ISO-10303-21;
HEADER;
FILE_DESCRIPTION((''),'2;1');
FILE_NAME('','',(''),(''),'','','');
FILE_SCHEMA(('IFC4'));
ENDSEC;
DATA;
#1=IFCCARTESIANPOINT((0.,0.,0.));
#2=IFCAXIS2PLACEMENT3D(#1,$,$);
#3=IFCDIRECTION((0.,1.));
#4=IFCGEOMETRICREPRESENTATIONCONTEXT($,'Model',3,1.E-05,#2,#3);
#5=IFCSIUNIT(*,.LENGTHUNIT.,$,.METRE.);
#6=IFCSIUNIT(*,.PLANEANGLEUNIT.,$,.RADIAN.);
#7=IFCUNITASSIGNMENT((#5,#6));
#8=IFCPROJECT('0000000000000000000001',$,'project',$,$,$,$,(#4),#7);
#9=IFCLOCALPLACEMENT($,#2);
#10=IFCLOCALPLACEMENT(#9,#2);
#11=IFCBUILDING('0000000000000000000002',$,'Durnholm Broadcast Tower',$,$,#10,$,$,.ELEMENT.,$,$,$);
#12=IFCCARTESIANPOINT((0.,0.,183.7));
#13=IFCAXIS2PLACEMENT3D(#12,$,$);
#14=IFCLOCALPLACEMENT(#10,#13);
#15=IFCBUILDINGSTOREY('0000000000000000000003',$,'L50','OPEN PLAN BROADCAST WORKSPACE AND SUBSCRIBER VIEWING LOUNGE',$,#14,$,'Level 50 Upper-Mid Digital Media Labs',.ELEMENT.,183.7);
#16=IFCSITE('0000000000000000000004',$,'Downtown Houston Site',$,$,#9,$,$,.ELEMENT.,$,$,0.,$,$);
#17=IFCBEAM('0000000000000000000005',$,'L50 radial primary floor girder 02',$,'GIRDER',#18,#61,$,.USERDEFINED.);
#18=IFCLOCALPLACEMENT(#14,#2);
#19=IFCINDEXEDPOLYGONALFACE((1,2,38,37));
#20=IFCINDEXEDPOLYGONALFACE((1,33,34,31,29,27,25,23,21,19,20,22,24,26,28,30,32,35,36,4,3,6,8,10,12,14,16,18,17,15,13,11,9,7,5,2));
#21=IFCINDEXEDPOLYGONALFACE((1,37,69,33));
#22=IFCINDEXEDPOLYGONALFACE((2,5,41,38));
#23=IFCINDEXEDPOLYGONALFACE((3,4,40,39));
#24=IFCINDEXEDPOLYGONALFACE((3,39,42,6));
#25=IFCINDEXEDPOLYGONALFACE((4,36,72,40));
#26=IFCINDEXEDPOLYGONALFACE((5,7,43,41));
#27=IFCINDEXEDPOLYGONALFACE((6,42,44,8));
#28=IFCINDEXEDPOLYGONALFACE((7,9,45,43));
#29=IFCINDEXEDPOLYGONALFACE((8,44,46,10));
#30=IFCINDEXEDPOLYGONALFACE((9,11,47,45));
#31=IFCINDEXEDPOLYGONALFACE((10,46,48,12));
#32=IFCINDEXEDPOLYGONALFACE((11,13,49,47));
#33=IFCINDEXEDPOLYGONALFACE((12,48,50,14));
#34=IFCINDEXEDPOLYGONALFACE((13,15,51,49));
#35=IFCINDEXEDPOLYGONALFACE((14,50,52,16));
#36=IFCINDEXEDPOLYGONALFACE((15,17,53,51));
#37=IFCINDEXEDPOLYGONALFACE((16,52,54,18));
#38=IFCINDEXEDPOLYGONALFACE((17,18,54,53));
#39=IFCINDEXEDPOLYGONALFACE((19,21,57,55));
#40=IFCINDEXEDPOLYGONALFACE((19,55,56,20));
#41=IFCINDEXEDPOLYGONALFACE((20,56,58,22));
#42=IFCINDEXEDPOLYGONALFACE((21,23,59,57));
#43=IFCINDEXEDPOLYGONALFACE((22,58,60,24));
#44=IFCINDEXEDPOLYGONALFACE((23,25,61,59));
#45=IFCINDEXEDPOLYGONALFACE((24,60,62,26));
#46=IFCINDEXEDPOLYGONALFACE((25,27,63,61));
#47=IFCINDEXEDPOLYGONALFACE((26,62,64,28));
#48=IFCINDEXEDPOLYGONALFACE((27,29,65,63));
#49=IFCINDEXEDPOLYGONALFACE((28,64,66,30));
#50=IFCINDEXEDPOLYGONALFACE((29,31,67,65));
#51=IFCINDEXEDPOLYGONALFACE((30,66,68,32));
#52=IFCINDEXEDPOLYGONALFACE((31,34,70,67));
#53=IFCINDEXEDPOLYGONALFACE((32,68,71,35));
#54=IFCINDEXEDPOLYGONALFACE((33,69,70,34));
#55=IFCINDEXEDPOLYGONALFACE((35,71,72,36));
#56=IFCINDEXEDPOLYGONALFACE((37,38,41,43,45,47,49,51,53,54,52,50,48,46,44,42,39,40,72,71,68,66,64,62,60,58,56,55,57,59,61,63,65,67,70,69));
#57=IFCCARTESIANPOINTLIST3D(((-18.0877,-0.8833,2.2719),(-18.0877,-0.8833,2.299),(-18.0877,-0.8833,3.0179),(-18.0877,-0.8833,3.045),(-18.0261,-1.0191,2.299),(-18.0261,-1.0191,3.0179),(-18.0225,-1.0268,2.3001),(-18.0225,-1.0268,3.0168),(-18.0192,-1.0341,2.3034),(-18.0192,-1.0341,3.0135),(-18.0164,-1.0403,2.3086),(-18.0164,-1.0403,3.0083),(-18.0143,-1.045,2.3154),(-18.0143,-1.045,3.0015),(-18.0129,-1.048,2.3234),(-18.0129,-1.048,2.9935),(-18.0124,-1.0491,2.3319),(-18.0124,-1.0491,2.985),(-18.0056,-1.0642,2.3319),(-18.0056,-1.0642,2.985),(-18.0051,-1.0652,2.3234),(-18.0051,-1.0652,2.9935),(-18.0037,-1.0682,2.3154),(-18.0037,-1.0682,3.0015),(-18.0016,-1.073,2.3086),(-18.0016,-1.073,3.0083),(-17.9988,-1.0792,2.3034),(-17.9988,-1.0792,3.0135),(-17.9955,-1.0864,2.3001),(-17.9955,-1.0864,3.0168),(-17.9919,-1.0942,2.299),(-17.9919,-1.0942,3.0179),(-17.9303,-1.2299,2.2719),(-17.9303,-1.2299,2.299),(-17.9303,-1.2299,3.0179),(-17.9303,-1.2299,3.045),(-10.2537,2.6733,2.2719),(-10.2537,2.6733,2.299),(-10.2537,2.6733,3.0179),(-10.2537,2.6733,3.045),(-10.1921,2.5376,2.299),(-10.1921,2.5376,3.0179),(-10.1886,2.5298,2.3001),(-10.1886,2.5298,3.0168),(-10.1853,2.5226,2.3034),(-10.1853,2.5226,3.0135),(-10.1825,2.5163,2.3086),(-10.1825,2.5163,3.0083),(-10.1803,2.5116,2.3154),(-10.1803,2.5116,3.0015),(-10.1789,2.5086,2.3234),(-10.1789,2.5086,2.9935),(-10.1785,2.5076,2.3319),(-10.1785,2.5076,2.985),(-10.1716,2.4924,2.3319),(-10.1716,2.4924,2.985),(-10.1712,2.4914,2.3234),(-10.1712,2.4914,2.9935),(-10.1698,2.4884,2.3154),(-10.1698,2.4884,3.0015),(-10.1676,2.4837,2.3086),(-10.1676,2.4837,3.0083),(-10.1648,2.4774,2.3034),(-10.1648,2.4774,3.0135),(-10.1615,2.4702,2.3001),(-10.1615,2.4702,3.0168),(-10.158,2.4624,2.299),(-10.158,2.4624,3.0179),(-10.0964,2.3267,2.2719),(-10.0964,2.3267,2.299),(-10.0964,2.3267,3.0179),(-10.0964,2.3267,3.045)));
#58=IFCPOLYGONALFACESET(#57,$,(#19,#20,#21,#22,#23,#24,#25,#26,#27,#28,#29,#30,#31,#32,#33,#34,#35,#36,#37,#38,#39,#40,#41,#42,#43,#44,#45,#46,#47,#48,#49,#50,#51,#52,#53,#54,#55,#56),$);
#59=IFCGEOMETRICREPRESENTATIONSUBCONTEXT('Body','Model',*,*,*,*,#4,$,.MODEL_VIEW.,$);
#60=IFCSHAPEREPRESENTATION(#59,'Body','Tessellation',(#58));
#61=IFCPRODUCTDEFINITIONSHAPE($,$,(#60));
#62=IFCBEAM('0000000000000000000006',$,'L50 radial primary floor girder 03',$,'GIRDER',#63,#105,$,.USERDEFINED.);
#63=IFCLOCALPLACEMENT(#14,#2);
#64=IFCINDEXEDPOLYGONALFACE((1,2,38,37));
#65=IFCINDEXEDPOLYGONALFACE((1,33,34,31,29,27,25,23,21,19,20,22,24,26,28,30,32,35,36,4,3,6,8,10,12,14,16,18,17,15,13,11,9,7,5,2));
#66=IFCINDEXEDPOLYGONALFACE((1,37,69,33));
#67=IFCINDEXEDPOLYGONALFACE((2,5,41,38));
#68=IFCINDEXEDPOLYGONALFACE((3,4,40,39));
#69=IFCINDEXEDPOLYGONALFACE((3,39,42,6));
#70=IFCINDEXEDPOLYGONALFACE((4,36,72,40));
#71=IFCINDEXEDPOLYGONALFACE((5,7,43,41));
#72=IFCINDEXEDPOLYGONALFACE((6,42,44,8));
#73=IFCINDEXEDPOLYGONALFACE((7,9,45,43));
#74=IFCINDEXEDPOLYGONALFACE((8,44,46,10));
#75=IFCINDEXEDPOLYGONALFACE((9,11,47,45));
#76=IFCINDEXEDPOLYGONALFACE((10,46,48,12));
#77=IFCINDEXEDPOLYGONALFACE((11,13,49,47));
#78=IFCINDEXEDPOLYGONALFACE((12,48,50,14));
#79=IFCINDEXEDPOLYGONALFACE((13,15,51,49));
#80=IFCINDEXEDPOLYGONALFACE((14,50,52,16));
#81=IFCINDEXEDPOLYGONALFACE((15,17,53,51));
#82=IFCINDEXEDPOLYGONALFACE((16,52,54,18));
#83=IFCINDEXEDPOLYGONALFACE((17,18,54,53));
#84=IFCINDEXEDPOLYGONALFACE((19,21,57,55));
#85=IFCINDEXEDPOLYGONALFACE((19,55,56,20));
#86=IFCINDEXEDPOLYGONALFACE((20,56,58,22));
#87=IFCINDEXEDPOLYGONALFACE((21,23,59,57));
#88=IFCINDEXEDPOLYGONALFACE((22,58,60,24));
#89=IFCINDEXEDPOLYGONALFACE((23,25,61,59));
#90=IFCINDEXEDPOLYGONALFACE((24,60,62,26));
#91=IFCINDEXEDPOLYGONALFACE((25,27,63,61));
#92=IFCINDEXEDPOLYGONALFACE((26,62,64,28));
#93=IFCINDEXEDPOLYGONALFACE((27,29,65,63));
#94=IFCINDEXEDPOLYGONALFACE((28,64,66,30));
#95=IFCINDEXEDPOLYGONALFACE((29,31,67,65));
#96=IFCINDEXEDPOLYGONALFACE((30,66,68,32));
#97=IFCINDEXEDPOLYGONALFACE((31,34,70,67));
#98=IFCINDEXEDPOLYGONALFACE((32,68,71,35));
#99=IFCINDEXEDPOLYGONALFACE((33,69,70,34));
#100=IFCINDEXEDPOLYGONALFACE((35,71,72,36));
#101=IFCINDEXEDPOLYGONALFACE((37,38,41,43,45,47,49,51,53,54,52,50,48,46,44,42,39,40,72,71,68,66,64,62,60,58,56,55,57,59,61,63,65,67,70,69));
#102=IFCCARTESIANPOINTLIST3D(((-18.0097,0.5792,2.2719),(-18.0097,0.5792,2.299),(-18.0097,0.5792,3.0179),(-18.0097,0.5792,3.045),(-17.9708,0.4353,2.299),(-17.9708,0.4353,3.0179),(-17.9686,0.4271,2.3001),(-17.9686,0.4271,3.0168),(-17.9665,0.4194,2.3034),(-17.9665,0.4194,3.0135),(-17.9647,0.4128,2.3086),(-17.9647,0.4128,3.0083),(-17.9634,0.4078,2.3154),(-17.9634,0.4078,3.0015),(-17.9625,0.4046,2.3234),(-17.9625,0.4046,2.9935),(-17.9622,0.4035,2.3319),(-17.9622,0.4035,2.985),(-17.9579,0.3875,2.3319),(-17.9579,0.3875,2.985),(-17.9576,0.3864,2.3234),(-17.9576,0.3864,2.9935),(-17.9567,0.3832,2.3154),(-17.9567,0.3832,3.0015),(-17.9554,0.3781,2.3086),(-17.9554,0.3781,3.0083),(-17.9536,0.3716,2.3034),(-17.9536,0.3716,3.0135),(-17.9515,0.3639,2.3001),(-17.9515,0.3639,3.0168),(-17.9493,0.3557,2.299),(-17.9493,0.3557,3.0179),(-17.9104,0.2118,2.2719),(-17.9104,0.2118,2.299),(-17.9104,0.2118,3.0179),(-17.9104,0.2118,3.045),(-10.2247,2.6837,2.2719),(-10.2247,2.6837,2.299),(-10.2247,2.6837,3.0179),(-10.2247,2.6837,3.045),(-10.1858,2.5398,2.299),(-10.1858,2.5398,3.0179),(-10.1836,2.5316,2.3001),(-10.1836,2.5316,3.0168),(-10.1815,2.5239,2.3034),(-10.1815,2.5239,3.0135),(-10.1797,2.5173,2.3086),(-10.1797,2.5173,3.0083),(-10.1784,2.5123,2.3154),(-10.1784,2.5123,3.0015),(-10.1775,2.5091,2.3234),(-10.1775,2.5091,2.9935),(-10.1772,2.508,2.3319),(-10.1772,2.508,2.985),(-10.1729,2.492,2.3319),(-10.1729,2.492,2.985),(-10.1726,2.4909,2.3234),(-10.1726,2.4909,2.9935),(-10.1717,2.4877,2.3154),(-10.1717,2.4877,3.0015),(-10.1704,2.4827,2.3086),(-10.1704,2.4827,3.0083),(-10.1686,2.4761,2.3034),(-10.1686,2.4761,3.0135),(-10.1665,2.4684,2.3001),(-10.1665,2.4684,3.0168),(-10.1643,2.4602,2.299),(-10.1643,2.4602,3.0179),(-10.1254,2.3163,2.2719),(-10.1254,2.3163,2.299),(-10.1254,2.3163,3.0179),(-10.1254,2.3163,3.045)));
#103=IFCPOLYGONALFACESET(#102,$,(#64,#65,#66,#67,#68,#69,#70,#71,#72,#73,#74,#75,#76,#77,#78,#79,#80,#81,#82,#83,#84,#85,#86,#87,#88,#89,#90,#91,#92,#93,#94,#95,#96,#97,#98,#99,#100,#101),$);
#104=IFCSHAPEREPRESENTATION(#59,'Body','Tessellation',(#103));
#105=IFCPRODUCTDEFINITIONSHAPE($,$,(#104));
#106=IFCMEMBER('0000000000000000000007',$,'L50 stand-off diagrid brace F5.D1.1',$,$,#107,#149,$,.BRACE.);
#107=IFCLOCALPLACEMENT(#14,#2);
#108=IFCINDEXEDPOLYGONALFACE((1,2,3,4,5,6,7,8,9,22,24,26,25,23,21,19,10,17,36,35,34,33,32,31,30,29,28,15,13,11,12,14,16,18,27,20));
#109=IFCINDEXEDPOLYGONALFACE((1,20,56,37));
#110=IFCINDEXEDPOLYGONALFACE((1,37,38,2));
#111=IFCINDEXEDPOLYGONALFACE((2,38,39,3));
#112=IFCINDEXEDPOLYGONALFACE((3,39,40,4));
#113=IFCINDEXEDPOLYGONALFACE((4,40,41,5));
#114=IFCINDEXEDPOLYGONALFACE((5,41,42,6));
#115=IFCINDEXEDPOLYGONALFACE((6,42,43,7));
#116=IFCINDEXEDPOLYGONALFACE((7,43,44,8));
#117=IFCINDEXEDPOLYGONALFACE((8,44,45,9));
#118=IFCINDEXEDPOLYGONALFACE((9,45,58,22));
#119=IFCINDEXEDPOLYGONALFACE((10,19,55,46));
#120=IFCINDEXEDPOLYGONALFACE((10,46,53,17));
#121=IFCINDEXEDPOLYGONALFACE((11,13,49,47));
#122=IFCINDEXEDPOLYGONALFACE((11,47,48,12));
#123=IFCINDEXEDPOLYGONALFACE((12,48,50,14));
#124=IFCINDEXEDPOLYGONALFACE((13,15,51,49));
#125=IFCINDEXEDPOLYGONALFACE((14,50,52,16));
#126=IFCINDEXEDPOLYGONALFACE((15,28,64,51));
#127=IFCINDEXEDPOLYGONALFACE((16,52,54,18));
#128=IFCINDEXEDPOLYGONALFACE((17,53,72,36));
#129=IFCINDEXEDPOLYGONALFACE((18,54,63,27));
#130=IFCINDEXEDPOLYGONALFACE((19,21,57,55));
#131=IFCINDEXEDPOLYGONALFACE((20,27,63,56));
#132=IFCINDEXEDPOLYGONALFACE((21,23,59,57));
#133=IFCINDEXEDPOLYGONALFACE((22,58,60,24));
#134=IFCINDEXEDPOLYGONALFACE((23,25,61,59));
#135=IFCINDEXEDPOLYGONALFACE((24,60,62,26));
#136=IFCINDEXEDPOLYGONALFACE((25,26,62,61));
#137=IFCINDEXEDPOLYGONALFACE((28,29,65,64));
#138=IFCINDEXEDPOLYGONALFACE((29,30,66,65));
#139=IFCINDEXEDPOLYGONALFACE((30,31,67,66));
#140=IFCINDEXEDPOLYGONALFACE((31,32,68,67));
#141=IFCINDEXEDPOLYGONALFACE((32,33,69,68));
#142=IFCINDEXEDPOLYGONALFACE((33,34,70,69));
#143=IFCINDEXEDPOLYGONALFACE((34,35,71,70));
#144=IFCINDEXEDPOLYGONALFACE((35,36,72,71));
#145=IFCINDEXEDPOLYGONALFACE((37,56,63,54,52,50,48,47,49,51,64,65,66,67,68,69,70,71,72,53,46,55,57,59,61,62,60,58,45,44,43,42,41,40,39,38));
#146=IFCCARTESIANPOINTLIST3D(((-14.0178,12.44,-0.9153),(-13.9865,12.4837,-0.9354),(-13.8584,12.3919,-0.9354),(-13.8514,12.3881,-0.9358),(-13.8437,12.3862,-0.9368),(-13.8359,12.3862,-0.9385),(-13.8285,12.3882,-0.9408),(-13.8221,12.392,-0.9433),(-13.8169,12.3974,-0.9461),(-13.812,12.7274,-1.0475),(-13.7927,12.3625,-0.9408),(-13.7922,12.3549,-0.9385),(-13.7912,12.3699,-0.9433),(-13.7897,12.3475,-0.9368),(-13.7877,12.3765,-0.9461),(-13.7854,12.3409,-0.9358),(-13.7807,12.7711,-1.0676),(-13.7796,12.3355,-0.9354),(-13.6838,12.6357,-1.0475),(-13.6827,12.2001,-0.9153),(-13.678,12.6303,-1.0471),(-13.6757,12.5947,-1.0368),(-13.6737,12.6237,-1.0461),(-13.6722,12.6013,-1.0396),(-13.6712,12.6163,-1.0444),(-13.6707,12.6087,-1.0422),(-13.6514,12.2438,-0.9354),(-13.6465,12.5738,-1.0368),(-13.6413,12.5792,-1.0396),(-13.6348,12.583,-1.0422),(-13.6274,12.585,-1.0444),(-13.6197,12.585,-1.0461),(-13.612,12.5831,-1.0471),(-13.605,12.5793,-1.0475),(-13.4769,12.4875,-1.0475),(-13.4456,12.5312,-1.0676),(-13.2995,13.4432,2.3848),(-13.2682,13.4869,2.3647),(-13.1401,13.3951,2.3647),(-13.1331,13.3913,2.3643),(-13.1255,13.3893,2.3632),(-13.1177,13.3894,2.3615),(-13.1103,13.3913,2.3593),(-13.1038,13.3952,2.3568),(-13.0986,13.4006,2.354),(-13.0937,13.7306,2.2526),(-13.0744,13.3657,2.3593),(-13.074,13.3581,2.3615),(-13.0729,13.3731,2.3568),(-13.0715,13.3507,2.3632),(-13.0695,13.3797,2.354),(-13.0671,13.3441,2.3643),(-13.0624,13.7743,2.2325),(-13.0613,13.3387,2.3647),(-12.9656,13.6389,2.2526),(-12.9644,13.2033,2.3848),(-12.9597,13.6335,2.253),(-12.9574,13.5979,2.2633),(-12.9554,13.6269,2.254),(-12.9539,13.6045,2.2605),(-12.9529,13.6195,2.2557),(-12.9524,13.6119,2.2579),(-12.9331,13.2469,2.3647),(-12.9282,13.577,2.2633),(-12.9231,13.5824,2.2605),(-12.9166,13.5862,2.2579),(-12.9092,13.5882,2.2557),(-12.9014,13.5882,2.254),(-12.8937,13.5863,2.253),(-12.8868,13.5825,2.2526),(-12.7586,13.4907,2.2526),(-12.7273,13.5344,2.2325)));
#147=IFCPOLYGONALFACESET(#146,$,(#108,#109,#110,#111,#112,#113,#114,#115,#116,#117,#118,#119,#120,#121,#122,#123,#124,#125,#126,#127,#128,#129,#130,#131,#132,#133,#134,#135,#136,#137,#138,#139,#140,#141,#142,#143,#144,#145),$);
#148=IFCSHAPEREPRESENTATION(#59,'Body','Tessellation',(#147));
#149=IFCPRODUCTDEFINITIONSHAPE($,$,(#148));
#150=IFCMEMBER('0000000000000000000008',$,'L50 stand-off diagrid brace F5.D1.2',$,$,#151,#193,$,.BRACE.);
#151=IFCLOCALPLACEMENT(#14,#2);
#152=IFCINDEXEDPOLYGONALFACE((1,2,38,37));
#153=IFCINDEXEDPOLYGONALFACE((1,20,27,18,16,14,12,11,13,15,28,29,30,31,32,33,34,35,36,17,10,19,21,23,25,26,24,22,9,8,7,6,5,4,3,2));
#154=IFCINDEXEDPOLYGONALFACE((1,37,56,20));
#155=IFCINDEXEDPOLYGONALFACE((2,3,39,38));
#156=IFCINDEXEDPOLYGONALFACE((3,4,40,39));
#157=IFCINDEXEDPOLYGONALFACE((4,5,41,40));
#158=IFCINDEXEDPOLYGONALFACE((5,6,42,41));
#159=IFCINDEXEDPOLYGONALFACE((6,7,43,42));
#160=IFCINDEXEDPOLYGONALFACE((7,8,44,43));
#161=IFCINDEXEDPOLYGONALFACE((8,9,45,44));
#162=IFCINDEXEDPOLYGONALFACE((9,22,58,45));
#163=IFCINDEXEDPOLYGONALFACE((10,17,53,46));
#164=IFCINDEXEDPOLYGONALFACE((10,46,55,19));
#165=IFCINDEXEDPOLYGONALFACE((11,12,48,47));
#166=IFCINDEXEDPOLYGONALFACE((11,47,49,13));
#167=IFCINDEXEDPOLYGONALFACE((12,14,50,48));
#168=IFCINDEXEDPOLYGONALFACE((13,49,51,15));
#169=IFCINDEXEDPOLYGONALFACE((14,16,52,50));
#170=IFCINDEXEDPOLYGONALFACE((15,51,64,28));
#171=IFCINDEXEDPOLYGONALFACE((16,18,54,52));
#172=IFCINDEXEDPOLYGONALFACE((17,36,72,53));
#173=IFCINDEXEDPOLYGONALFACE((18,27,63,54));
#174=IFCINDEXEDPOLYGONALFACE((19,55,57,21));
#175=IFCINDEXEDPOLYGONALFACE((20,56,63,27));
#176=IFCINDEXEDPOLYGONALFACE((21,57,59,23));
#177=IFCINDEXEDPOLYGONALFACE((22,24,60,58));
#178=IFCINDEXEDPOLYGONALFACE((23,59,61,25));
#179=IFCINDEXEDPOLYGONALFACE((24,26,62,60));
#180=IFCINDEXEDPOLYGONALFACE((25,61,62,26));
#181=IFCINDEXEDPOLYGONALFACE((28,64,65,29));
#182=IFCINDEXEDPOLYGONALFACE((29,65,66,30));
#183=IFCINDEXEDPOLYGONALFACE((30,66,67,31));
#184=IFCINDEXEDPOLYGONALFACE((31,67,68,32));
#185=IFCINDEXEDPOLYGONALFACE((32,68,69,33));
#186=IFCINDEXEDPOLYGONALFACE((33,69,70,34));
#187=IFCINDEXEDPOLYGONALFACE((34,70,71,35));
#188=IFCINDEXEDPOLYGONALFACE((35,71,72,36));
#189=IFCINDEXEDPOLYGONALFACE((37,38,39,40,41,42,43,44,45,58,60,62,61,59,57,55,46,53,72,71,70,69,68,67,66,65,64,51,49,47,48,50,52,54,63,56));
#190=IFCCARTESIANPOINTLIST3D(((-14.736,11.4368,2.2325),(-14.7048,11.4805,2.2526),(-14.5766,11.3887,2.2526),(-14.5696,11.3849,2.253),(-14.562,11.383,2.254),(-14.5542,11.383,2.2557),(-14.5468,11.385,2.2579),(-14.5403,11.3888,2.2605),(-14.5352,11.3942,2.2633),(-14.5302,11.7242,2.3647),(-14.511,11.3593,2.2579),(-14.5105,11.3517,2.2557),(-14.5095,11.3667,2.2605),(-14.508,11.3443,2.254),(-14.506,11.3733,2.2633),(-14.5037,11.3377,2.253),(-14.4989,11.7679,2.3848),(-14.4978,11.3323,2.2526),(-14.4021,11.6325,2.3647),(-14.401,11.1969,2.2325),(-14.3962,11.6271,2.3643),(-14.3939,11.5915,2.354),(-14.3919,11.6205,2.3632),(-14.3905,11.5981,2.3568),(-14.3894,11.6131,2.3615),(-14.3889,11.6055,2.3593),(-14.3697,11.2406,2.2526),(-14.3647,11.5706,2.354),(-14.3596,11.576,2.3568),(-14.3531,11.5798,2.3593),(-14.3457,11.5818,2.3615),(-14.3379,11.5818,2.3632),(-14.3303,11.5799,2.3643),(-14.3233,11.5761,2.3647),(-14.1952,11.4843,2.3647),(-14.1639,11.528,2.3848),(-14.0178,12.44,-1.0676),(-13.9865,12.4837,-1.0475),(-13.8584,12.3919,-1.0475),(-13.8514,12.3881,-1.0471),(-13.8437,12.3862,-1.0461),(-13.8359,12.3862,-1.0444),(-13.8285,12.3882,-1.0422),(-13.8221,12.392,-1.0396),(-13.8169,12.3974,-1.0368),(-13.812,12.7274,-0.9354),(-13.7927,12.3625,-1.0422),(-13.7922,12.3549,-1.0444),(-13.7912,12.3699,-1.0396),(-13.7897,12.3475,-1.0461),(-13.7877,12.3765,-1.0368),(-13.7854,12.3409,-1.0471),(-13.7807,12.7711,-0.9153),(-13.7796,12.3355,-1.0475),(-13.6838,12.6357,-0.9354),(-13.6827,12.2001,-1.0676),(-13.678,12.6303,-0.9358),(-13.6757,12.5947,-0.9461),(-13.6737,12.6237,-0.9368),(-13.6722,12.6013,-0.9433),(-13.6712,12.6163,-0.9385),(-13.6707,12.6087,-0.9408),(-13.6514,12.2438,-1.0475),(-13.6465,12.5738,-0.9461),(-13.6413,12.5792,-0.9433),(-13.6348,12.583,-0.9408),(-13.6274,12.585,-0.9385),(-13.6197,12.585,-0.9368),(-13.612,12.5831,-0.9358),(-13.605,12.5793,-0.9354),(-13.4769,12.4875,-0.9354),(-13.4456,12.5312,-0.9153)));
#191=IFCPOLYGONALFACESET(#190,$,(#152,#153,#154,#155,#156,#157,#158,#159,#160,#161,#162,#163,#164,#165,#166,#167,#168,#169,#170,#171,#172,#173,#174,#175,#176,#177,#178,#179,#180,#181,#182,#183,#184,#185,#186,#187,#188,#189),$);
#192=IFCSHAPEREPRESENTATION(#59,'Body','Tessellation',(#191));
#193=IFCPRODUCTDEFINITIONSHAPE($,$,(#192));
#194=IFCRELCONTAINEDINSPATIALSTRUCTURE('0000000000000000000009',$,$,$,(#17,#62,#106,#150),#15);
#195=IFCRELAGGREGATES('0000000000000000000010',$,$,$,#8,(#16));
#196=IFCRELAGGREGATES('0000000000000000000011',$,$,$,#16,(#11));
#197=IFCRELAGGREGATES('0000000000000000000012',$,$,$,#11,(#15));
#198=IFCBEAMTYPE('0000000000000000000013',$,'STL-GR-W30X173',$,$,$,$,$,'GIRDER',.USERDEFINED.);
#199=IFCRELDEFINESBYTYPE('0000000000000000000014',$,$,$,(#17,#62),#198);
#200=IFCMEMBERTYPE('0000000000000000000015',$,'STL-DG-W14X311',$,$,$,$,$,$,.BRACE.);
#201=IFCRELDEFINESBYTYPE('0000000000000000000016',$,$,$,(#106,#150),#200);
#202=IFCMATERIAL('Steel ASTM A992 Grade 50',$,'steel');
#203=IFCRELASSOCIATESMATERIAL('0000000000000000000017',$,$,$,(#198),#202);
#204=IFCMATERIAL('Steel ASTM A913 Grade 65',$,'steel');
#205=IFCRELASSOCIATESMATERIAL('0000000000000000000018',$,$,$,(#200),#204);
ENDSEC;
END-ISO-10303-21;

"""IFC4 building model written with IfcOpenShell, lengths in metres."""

from ifc_helpers import new_model, si_unit, direction, frame, origin, origin_2d, place, context, subcontext, project, spatial, i_section, extrude, source, transform, mapped, material, material_profile, profile_set, type_object, type_shapes, element, save


model = new_model("IFC4")

# Units and contexts
model_context = context("Model", 3, precision=1e-05, world=origin(), true_north=direction((0.0, 1.0)))
body_context = subcontext(model_context, "Body", "Model", "MODEL_VIEW")
ifc_project = project(units=[si_unit("LENGTHUNIT", "METRE"), si_unit("PLANEANGLEUNIT", "RADIAN")], contexts=[model_context])

# Site, building, storey
site_placement = place(None, origin())
site = spatial("IfcSite", under=ifc_project, at=site_placement, Name="Downtown Houston Site", CompositionType="ELEMENT", RefElevation=0.0)
building_placement = place(site_placement, origin())
building = spatial("IfcBuilding", under=site, at=building_placement, Name="Durnholm Broadcast Tower", CompositionType="ELEMENT")
storey_placement = place(building_placement, frame((0.0, 0.0, 183.7)))
storey = spatial("IfcBuildingStorey", under=building, at=storey_placement, Name="L50", Description="OPEN PLAN BROADCAST WORKSPACE AND SUBSCRIBER VIEWING LOUNGE", LongName="Level 50 Upper-Mid Digital Media Labs", CompositionType="ELEMENT", Elevation=183.7)

# Beams
ifc_material_1 = material(Name="Steel ASTM A992 Grade 50", Category="steel")
ifc_material_profile_1 = material_profile(ifc_material_1, i_section(OverallWidth=0.3806, OverallDepth=0.7732, WebThickness=0.0166, FlangeThickness=0.0271, FilletRadius=0.033, at=origin_2d()), Name="W30X173")
ifc_profile_set_1 = profile_set([ifc_material_profile_1], Name="Steel ASTM A992 Grade 50")
beam_type_1 = type_object("IfcBeamType", Name="STL-GR-W30X173", ElementType="GIRDER", PredefinedType="USERDEFINED", material=ifc_profile_set_1)
shared_shape_1 = source(origin(), body_context, "Body", "SweptSolid", [
    extrude(i_section(OverallWidth=0.3806, OverallDepth=0.7732, WebThickness=0.0166, FlangeThickness=0.0271, FilletRadius=0.033, at=origin_2d()), origin(), (0.0, 0.0, 1.0), 8.6035),
])
beam_1_placement = place(storey_placement, frame((-10.175, 2.5, 2.6584), z_axis=(-0.910553, -0.413392, 0.0), x_axis=(0.413392, -0.910553, 0.0)))
element("IfcBeam", 1, at=beam_1_placement, inside=storey, type_object=beam_type_1, Name="L50 radial primary floor girder 02", ObjectType="GIRDER", PredefinedType="USERDEFINED", context=body_context, shape_type="MappedRepresentation", body=[
    mapped(shared_shape_1, transform((0.0, 0.0, 0.0), x_axis=(1.0, 0.0, 0.0), y_axis=(0.0, 1.0, 0.0), z_axis=(0.0, 0.0, 1.0), scale=1.0)),
])
shared_shape_2 = source(origin(), body_context, "Body", "SweptSolid", [
    extrude(i_section(OverallWidth=0.3806, OverallDepth=0.7732, WebThickness=0.0166, FlangeThickness=0.0271, FilletRadius=0.033, at=origin_2d()), origin(), (0.0, 0.0, 1.0), 8.0645),
])
type_shapes(beam_type_1, [shared_shape_1, shared_shape_2])
beam_2_placement = place(storey_placement, frame((-10.175, 2.5, 2.6584), z_axis=(-0.965349, -0.260962, 0.0), x_axis=(0.260962, -0.965349, 0.0)))
element("IfcBeam", 2, at=beam_2_placement, inside=storey, type_object=beam_type_1, Name="L50 radial primary floor girder 03", ObjectType="GIRDER", PredefinedType="USERDEFINED", context=body_context, shape_type="MappedRepresentation", body=[
    mapped(shared_shape_2, transform((0.0, 0.0, 0.0), x_axis=(1.0, 0.0, 0.0), y_axis=(0.0, 1.0, 0.0), z_axis=(0.0, 0.0, 1.0), scale=1.0)),
])

# Members
ifc_material_2 = material(Name="Steel ASTM A913 Grade 65", Category="steel")
ifc_material_profile_2 = material_profile(ifc_material_2, i_section(OverallWidth=0.4121, OverallDepth=0.4348, WebThickness=0.0359, FlangeThickness=0.0574, FilletRadius=0.0305, at=origin_2d()), Name="W14X311")
ifc_profile_set_2 = profile_set([ifc_material_profile_2], Name="Steel ASTM A913 Grade 65")
member_type_1 = type_object("IfcMemberType", Name="STL-DG-W14X311", PredefinedType="BRACE", material=ifc_profile_set_2)
shared_shape_3 = source(origin(), body_context, "Body", "SweptSolid", [
    extrude(i_section(OverallWidth=0.4121, OverallDepth=0.4348, WebThickness=0.0359, FlangeThickness=0.0574, FilletRadius=0.0305, at=origin_2d()), origin(), (0.0, 0.0, 1.0), 3.5232),
])
type_shapes(member_type_1, [shared_shape_3])
for number, where, z_axis, x_axis, name in (
    (3, (-13.7317, 12.4856, -0.9915), (0.203869, 0.284738, 0.936676), (-0.813078, 0.582155, 0.0), "L50 stand-off diagrid brace F5.D1.1"),
    (4, (-13.7317, 12.4856, -0.9915), (-0.203869, -0.284738, 0.936676), (0.813078, -0.582155, 0.0), "L50 stand-off diagrid brace F5.D1.2"),
):
    element("IfcMember", number, at=place(storey_placement, frame(where, z_axis=z_axis, x_axis=x_axis)), inside=storey, type_object=member_type_1, Name=name, PredefinedType="BRACE", context=body_context, shape_type="MappedRepresentation", body=[
        mapped(shared_shape_3, transform((0.0, 0.0, 0.0), x_axis=(1.0, 0.0, 0.0), y_axis=(0.0, 1.0, 0.0), z_axis=(0.0, 0.0, 1.0), scale=1.0)),
    ])

save(model, "model.ifc")
